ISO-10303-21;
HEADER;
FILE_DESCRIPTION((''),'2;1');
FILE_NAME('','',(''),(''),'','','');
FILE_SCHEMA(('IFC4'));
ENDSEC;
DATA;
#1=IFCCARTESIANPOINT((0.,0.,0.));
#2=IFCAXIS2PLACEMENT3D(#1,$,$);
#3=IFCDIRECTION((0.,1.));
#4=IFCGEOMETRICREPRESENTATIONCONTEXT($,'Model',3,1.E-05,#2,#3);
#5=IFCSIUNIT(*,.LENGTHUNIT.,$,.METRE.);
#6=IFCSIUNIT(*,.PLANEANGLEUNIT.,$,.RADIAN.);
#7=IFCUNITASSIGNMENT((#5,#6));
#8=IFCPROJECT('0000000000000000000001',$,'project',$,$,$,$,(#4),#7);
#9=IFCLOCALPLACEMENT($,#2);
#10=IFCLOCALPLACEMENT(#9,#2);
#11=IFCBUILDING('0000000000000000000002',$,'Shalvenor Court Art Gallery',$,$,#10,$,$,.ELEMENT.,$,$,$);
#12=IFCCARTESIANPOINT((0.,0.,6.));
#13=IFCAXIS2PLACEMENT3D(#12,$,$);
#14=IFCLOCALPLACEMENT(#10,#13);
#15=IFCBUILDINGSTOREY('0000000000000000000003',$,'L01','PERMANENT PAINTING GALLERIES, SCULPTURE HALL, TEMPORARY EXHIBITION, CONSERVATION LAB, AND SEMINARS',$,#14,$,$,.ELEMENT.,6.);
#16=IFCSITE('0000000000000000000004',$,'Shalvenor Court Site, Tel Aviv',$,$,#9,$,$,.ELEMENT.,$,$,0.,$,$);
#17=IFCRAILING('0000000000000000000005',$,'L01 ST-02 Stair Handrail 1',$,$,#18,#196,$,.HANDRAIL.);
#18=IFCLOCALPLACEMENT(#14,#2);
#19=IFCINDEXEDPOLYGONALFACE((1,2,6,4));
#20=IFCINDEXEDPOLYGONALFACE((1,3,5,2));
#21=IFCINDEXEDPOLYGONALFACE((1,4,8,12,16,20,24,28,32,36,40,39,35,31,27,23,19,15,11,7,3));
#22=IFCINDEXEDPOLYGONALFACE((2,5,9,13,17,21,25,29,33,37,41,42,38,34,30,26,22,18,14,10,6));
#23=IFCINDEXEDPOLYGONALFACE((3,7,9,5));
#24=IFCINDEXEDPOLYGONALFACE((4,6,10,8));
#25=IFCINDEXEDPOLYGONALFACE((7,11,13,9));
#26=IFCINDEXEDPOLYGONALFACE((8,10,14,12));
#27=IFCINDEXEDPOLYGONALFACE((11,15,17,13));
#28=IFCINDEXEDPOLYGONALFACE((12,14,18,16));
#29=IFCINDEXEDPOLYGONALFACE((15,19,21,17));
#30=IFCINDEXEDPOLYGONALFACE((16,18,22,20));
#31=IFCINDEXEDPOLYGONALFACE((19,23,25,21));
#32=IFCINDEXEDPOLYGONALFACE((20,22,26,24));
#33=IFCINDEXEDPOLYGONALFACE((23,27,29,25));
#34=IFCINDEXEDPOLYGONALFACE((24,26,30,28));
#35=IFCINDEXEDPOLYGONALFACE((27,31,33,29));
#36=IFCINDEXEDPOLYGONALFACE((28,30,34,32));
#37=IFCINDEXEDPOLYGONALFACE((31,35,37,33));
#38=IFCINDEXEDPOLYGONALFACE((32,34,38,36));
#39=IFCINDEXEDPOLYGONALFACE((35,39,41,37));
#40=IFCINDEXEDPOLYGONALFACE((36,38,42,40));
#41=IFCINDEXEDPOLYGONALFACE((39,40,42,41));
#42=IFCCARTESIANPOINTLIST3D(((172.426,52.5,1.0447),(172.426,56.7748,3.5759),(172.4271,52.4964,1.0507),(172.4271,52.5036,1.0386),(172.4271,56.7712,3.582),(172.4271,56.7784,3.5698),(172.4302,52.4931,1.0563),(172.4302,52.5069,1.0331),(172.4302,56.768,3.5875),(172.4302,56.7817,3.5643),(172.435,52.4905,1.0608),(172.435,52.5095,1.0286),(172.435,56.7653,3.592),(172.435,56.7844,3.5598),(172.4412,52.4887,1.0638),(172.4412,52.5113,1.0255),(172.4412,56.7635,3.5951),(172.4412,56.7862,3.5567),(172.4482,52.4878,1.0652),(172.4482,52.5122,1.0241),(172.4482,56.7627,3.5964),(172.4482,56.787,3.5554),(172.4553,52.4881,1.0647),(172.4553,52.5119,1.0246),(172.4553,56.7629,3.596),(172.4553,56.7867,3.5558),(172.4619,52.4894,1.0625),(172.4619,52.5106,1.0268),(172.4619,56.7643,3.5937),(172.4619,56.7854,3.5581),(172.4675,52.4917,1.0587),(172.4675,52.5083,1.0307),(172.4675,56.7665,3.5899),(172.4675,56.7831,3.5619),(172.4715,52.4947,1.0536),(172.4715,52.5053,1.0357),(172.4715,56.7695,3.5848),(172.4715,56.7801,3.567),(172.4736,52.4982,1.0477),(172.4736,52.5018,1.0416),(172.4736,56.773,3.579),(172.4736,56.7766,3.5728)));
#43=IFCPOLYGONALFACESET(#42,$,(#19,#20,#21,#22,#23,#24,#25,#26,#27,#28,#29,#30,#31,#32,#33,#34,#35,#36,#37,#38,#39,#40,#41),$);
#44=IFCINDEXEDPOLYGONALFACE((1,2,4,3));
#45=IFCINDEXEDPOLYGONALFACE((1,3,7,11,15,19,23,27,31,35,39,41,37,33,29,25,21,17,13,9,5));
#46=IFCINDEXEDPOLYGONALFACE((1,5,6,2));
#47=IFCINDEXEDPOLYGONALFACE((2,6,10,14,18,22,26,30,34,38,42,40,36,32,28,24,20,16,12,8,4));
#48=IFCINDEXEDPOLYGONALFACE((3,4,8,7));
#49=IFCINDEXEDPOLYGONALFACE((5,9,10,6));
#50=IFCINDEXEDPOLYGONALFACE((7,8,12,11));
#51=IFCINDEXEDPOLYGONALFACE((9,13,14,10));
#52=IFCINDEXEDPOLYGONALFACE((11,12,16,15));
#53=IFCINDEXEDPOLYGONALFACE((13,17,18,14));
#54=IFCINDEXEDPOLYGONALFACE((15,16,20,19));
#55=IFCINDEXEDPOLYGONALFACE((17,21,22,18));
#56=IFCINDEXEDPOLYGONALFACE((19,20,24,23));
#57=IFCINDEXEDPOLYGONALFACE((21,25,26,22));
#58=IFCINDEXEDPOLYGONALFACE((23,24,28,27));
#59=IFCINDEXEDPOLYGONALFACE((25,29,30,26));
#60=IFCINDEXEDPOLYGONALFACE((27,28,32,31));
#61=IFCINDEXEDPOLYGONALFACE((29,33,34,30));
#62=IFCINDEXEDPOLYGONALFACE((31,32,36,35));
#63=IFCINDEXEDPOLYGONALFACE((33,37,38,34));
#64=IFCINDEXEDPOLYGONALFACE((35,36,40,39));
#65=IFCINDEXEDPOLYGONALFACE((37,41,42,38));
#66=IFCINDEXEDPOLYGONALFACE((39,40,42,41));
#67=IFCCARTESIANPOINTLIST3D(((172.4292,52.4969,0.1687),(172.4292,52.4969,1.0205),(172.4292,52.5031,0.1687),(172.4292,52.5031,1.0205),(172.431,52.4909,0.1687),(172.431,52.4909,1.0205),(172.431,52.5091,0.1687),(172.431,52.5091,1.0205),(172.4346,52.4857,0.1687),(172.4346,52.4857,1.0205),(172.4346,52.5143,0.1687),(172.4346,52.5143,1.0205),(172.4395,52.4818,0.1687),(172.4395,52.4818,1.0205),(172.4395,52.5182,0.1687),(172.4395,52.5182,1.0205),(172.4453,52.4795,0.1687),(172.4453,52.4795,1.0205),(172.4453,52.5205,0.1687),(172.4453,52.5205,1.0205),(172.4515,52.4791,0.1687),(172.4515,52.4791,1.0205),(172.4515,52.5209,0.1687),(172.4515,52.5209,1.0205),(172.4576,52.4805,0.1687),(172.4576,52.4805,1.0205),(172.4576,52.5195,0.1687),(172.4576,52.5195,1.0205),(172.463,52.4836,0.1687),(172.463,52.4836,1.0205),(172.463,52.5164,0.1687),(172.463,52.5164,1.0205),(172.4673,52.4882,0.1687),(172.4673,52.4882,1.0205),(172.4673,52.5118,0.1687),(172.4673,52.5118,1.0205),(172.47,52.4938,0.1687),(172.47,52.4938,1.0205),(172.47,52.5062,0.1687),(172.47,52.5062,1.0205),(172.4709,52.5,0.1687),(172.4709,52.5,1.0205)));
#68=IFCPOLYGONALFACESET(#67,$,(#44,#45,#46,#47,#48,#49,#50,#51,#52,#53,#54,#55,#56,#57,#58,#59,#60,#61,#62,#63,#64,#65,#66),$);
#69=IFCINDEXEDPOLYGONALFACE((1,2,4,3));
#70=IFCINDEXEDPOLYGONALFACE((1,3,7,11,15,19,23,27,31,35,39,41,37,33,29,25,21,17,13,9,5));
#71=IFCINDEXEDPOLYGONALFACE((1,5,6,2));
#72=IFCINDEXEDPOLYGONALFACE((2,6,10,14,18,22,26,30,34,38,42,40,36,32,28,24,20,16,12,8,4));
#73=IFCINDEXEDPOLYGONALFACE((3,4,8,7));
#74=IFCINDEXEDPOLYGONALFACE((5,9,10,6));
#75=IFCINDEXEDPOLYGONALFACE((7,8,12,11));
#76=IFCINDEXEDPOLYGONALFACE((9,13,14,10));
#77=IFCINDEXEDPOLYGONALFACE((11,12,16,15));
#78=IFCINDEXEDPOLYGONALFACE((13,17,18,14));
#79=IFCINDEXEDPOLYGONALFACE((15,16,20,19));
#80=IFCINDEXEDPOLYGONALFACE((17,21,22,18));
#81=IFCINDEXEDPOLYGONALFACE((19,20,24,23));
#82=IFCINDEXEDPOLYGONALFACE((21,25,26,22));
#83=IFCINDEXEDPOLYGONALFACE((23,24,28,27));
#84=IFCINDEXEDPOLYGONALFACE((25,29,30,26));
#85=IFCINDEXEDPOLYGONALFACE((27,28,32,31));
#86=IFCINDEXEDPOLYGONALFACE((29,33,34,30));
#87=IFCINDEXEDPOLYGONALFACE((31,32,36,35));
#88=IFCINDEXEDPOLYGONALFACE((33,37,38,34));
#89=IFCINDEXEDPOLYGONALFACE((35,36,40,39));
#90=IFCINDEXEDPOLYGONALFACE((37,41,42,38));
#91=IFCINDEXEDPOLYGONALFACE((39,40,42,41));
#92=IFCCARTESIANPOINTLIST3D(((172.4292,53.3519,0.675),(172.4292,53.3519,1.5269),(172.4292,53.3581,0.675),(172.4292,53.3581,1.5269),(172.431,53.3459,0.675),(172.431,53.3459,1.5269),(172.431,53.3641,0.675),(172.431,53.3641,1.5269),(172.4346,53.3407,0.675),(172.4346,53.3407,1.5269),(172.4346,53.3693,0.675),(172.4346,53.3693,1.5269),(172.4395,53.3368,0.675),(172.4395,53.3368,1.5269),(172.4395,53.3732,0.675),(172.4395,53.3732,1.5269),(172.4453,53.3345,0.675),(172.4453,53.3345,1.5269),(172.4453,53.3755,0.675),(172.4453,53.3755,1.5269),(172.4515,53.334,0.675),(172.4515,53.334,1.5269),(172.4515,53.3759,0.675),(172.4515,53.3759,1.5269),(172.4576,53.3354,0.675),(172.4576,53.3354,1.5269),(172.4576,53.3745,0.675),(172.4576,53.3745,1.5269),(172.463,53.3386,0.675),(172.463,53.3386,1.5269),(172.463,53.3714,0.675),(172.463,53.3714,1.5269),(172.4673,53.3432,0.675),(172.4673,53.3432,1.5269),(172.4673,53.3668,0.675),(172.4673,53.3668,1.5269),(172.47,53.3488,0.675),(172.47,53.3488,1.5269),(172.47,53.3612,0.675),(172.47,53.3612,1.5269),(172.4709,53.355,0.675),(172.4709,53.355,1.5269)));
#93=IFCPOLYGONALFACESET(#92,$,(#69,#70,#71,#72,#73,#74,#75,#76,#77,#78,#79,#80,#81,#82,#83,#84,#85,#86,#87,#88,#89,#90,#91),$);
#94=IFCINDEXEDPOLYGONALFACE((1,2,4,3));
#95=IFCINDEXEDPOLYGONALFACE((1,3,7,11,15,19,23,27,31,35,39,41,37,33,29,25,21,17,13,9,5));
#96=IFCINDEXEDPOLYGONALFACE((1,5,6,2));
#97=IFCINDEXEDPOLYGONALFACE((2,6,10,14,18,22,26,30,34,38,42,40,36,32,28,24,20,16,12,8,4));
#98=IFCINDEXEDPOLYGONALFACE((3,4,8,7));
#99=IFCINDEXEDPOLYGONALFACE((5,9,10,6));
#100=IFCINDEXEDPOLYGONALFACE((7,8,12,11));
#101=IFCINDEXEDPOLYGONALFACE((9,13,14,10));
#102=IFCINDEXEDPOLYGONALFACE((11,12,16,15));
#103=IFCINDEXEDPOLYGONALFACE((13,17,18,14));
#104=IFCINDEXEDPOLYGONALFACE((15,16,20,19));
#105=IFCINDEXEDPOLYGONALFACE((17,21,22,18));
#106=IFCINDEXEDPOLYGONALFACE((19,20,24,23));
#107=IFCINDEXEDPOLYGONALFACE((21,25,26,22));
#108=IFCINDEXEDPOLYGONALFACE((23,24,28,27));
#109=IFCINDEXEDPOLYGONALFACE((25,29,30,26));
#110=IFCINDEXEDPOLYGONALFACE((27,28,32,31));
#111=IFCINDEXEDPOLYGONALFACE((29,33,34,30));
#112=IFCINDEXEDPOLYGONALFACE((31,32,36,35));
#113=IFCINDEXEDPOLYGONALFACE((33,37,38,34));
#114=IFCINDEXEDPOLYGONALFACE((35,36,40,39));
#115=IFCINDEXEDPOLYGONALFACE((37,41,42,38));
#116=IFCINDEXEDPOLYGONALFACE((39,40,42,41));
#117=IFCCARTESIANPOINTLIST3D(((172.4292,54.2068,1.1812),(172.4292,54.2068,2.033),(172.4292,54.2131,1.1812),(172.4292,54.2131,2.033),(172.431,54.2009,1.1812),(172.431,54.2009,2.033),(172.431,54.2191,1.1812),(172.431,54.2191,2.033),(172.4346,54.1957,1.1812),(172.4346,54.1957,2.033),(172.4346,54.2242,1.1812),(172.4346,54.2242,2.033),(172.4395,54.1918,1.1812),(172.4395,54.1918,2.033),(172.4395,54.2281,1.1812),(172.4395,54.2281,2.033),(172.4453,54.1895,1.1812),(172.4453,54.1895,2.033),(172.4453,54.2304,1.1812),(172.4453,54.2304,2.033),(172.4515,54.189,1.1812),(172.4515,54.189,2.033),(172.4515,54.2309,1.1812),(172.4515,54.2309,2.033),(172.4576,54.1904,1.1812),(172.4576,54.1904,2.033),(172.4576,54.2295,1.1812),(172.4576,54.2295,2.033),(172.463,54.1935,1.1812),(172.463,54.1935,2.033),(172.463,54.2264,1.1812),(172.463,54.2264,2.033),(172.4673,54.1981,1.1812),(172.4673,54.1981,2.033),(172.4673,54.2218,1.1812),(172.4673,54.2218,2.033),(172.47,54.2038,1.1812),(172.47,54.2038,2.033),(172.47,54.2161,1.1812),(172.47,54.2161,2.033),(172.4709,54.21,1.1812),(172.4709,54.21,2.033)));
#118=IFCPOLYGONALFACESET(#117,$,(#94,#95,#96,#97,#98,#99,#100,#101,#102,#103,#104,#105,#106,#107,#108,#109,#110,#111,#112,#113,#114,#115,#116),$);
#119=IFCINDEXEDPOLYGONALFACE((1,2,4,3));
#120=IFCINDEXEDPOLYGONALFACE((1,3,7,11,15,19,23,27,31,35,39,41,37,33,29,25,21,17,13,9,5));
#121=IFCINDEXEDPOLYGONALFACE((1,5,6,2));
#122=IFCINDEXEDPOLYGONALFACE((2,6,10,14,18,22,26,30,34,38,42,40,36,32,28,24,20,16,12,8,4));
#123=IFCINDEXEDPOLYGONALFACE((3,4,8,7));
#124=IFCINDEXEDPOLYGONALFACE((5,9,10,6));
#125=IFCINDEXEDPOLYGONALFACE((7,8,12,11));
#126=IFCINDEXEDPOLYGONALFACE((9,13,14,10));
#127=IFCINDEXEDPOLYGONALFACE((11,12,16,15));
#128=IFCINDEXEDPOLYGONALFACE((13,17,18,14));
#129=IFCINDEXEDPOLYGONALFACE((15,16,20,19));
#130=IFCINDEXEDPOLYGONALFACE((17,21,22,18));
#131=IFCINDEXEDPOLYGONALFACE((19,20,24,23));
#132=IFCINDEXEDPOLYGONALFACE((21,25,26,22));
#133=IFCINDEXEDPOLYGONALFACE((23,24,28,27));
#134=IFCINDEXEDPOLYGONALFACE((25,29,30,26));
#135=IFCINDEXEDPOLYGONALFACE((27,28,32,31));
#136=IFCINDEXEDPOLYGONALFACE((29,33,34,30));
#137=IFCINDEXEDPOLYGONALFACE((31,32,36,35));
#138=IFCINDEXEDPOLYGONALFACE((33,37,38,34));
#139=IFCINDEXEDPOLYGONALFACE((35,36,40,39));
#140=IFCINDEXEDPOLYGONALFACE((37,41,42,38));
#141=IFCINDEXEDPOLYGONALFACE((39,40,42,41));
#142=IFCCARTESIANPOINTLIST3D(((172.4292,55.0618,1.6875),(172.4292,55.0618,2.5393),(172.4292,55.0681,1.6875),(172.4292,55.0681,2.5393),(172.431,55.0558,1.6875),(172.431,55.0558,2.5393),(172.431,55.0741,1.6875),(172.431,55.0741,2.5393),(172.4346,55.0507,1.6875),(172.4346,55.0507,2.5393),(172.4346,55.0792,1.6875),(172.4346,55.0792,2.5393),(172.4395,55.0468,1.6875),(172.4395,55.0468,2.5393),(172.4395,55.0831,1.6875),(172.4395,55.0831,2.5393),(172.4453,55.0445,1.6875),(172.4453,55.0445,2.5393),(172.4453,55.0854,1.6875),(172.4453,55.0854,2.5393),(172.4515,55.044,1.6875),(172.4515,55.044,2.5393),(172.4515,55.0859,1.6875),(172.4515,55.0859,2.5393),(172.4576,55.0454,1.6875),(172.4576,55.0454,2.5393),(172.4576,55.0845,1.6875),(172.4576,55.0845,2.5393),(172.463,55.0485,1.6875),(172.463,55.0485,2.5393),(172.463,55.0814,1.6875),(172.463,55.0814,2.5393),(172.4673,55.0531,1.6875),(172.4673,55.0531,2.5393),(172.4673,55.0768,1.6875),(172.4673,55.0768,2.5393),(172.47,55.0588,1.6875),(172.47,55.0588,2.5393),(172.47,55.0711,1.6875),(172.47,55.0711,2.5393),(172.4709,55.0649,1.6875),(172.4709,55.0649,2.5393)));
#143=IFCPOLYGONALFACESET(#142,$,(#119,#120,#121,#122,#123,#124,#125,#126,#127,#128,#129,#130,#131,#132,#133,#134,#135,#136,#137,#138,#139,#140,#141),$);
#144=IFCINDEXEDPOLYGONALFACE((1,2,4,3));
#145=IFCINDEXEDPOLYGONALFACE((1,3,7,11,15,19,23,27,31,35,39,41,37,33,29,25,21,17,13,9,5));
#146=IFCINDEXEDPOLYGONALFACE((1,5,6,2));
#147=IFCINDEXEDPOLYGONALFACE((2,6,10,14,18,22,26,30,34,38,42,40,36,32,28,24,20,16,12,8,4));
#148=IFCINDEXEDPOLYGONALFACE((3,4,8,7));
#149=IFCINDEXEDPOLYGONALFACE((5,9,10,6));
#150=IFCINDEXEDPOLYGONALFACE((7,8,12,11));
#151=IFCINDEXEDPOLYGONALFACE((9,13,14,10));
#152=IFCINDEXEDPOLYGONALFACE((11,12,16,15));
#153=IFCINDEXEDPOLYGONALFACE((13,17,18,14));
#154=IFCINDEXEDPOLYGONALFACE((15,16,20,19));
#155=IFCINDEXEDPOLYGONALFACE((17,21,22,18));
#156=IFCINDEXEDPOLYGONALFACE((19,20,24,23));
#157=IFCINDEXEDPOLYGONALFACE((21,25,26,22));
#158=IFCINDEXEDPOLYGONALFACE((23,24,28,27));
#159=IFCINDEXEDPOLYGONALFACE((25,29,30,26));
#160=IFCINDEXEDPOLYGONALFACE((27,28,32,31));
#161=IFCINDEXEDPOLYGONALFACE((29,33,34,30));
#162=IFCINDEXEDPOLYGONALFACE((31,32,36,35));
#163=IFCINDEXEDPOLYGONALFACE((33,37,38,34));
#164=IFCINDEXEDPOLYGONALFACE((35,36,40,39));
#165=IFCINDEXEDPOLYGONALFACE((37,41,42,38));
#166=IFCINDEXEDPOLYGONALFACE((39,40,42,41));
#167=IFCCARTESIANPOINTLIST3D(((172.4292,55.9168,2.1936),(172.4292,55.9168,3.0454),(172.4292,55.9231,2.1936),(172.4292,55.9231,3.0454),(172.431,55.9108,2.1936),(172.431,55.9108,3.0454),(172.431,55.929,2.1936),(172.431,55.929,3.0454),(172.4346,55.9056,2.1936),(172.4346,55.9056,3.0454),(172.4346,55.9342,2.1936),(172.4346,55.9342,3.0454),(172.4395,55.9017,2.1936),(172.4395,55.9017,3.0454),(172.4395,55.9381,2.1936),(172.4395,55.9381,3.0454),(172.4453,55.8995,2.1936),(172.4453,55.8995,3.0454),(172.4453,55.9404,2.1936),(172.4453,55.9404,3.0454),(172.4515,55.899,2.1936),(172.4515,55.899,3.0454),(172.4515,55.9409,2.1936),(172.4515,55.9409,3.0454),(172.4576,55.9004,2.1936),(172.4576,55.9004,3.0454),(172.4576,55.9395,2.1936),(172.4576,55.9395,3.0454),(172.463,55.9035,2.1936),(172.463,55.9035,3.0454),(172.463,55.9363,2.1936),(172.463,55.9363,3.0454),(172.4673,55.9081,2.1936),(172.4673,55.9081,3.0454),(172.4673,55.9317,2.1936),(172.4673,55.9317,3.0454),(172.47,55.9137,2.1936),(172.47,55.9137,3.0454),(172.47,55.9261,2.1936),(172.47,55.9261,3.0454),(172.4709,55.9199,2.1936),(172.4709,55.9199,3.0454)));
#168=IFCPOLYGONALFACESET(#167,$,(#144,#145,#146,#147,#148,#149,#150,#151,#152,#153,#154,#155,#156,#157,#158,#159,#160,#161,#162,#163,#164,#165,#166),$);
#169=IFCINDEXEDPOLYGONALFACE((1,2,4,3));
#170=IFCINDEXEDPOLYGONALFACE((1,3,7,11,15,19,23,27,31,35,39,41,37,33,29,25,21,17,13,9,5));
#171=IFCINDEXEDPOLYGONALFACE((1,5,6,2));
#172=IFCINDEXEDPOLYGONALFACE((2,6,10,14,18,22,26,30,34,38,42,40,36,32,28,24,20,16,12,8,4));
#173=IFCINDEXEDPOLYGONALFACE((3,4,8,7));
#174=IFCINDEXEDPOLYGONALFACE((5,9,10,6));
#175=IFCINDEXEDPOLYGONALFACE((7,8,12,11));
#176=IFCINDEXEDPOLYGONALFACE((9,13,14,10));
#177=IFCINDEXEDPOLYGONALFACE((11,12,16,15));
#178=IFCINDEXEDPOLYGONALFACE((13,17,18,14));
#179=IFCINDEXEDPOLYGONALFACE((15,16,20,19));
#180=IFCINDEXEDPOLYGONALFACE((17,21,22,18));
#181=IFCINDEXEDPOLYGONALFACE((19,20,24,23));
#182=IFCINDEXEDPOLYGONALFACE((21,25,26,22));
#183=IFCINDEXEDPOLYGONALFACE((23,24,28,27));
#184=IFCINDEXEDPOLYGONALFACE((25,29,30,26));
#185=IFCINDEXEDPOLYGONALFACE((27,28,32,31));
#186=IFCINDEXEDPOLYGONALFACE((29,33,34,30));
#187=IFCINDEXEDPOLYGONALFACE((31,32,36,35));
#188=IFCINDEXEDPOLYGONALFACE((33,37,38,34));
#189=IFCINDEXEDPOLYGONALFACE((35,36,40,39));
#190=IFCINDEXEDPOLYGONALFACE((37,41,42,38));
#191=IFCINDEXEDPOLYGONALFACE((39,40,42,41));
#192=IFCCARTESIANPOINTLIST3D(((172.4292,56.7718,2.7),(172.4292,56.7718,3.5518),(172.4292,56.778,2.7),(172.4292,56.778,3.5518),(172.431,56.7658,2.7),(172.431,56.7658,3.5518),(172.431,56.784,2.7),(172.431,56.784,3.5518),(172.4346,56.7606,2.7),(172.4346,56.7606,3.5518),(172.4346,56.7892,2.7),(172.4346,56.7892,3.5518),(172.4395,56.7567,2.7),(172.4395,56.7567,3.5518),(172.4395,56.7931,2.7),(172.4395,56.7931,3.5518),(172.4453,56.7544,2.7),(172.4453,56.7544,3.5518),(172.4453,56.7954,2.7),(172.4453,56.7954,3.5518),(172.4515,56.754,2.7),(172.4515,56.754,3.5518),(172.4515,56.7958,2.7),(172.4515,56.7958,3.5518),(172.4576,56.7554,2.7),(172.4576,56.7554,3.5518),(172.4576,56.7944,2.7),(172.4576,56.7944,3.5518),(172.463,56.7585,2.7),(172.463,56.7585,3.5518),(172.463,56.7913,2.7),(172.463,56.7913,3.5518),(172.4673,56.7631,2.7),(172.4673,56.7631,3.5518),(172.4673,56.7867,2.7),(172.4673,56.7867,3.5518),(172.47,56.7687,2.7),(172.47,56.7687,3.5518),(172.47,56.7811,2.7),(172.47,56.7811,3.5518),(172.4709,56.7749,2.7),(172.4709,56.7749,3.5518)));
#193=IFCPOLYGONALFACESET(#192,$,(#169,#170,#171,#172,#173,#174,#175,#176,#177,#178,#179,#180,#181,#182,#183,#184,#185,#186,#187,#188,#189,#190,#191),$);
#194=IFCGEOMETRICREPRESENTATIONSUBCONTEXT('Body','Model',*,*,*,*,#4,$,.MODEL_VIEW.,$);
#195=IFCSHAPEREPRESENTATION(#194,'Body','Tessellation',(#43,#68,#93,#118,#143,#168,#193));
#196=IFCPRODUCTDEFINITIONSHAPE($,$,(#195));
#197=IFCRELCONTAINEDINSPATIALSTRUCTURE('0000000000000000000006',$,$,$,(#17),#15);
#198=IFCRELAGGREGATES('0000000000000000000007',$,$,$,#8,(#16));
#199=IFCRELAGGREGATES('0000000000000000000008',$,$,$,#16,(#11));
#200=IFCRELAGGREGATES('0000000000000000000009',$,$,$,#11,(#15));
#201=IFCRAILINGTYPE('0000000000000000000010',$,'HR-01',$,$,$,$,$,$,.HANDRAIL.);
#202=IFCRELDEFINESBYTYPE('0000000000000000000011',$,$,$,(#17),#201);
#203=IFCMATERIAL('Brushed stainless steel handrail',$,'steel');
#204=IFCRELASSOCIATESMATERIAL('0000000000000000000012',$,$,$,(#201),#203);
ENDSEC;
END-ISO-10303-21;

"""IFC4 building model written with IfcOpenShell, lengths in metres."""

from ifc_helpers import new_model, si_unit, direction, frame, origin, origin_2d, place, context, subcontext, project, spatial, circle, extrude, material, type_object, element, save


model = new_model("IFC4")

# Units and contexts
model_context = context("Model", 3, precision=1e-05, world=origin(), true_north=direction((0.0, 1.0)))
body_context = subcontext(model_context, "Body", "Model", "MODEL_VIEW")
ifc_project = project(units=[si_unit("LENGTHUNIT", "METRE"), si_unit("PLANEANGLEUNIT", "RADIAN")], contexts=[model_context])

# Site, building, storey
site_placement = place(None, origin())
site = spatial("IfcSite", under=ifc_project, at=site_placement, Name="Shalvenor Court Site, Tel Aviv", CompositionType="ELEMENT", RefElevation=0.0)
building_placement = place(site_placement, origin())
building = spatial("IfcBuilding", under=site, at=building_placement, Name="Shalvenor Court Art Gallery", CompositionType="ELEMENT")
storey_placement = place(building_placement, frame((0.0, 0.0, 6.0)))
storey = spatial("IfcBuildingStorey", under=building, at=storey_placement, Name="L01", Description="PERMANENT PAINTING GALLERIES, SCULPTURE HALL, TEMPORARY EXHIBITION, CONSERVATION LAB, AND SEMINARS", CompositionType="ELEMENT", Elevation=6.0)

# Railing
ifc_material_1 = material(Name="Brushed stainless steel handrail", Category="steel")
railing_type_1 = type_object("IfcRailingType", Name="HR-01", PredefinedType="HANDRAIL", material=ifc_material_1)
railing_1_placement = place(storey_placement, frame((172.45, 52.5, 0.1687)))
element("IfcRailing", 1, at=railing_1_placement, inside=storey, type_object=railing_type_1, Name="L01 ST-02 Stair Handrail 1", PredefinedType="HANDRAIL", context=body_context, shape_type="SweptSolid", body=[
    extrude(circle(Radius=0.0239, at=origin_2d()), frame((0.0, 0.0, 0.876), z_axis=(0.0, 0.86047, 0.509501), x_axis=(-1.0, 0.0, 0.0)), (0.0, 0.0, 1.0), 4.968),
    extrude(circle(Radius=0.021, at=origin_2d()), origin(), (0.0, 0.0, 1.0), 0.8518),
    extrude(circle(Radius=0.021, at=origin_2d()), frame((0.0, 0.855, 0.5063)), (0.0, 0.0, 1.0), 0.8518),
    extrude(circle(Radius=0.021, at=origin_2d()), frame((0.0, 1.71, 1.0125)), (0.0, 0.0, 1.0), 0.8518),
    extrude(circle(Radius=0.021, at=origin_2d()), frame((0.0, 2.5649, 1.5188)), (0.0, 0.0, 1.0), 0.8518),
    extrude(circle(Radius=0.021, at=origin_2d()), frame((0.0, 3.4199, 2.0249)), (0.0, 0.0, 1.0), 0.8518),
    extrude(circle(Radius=0.021, at=origin_2d()), frame((0.0, 4.2749, 2.5312)), (0.0, 0.0, 1.0), 0.8518),
])

save(model, "model.ifc")
